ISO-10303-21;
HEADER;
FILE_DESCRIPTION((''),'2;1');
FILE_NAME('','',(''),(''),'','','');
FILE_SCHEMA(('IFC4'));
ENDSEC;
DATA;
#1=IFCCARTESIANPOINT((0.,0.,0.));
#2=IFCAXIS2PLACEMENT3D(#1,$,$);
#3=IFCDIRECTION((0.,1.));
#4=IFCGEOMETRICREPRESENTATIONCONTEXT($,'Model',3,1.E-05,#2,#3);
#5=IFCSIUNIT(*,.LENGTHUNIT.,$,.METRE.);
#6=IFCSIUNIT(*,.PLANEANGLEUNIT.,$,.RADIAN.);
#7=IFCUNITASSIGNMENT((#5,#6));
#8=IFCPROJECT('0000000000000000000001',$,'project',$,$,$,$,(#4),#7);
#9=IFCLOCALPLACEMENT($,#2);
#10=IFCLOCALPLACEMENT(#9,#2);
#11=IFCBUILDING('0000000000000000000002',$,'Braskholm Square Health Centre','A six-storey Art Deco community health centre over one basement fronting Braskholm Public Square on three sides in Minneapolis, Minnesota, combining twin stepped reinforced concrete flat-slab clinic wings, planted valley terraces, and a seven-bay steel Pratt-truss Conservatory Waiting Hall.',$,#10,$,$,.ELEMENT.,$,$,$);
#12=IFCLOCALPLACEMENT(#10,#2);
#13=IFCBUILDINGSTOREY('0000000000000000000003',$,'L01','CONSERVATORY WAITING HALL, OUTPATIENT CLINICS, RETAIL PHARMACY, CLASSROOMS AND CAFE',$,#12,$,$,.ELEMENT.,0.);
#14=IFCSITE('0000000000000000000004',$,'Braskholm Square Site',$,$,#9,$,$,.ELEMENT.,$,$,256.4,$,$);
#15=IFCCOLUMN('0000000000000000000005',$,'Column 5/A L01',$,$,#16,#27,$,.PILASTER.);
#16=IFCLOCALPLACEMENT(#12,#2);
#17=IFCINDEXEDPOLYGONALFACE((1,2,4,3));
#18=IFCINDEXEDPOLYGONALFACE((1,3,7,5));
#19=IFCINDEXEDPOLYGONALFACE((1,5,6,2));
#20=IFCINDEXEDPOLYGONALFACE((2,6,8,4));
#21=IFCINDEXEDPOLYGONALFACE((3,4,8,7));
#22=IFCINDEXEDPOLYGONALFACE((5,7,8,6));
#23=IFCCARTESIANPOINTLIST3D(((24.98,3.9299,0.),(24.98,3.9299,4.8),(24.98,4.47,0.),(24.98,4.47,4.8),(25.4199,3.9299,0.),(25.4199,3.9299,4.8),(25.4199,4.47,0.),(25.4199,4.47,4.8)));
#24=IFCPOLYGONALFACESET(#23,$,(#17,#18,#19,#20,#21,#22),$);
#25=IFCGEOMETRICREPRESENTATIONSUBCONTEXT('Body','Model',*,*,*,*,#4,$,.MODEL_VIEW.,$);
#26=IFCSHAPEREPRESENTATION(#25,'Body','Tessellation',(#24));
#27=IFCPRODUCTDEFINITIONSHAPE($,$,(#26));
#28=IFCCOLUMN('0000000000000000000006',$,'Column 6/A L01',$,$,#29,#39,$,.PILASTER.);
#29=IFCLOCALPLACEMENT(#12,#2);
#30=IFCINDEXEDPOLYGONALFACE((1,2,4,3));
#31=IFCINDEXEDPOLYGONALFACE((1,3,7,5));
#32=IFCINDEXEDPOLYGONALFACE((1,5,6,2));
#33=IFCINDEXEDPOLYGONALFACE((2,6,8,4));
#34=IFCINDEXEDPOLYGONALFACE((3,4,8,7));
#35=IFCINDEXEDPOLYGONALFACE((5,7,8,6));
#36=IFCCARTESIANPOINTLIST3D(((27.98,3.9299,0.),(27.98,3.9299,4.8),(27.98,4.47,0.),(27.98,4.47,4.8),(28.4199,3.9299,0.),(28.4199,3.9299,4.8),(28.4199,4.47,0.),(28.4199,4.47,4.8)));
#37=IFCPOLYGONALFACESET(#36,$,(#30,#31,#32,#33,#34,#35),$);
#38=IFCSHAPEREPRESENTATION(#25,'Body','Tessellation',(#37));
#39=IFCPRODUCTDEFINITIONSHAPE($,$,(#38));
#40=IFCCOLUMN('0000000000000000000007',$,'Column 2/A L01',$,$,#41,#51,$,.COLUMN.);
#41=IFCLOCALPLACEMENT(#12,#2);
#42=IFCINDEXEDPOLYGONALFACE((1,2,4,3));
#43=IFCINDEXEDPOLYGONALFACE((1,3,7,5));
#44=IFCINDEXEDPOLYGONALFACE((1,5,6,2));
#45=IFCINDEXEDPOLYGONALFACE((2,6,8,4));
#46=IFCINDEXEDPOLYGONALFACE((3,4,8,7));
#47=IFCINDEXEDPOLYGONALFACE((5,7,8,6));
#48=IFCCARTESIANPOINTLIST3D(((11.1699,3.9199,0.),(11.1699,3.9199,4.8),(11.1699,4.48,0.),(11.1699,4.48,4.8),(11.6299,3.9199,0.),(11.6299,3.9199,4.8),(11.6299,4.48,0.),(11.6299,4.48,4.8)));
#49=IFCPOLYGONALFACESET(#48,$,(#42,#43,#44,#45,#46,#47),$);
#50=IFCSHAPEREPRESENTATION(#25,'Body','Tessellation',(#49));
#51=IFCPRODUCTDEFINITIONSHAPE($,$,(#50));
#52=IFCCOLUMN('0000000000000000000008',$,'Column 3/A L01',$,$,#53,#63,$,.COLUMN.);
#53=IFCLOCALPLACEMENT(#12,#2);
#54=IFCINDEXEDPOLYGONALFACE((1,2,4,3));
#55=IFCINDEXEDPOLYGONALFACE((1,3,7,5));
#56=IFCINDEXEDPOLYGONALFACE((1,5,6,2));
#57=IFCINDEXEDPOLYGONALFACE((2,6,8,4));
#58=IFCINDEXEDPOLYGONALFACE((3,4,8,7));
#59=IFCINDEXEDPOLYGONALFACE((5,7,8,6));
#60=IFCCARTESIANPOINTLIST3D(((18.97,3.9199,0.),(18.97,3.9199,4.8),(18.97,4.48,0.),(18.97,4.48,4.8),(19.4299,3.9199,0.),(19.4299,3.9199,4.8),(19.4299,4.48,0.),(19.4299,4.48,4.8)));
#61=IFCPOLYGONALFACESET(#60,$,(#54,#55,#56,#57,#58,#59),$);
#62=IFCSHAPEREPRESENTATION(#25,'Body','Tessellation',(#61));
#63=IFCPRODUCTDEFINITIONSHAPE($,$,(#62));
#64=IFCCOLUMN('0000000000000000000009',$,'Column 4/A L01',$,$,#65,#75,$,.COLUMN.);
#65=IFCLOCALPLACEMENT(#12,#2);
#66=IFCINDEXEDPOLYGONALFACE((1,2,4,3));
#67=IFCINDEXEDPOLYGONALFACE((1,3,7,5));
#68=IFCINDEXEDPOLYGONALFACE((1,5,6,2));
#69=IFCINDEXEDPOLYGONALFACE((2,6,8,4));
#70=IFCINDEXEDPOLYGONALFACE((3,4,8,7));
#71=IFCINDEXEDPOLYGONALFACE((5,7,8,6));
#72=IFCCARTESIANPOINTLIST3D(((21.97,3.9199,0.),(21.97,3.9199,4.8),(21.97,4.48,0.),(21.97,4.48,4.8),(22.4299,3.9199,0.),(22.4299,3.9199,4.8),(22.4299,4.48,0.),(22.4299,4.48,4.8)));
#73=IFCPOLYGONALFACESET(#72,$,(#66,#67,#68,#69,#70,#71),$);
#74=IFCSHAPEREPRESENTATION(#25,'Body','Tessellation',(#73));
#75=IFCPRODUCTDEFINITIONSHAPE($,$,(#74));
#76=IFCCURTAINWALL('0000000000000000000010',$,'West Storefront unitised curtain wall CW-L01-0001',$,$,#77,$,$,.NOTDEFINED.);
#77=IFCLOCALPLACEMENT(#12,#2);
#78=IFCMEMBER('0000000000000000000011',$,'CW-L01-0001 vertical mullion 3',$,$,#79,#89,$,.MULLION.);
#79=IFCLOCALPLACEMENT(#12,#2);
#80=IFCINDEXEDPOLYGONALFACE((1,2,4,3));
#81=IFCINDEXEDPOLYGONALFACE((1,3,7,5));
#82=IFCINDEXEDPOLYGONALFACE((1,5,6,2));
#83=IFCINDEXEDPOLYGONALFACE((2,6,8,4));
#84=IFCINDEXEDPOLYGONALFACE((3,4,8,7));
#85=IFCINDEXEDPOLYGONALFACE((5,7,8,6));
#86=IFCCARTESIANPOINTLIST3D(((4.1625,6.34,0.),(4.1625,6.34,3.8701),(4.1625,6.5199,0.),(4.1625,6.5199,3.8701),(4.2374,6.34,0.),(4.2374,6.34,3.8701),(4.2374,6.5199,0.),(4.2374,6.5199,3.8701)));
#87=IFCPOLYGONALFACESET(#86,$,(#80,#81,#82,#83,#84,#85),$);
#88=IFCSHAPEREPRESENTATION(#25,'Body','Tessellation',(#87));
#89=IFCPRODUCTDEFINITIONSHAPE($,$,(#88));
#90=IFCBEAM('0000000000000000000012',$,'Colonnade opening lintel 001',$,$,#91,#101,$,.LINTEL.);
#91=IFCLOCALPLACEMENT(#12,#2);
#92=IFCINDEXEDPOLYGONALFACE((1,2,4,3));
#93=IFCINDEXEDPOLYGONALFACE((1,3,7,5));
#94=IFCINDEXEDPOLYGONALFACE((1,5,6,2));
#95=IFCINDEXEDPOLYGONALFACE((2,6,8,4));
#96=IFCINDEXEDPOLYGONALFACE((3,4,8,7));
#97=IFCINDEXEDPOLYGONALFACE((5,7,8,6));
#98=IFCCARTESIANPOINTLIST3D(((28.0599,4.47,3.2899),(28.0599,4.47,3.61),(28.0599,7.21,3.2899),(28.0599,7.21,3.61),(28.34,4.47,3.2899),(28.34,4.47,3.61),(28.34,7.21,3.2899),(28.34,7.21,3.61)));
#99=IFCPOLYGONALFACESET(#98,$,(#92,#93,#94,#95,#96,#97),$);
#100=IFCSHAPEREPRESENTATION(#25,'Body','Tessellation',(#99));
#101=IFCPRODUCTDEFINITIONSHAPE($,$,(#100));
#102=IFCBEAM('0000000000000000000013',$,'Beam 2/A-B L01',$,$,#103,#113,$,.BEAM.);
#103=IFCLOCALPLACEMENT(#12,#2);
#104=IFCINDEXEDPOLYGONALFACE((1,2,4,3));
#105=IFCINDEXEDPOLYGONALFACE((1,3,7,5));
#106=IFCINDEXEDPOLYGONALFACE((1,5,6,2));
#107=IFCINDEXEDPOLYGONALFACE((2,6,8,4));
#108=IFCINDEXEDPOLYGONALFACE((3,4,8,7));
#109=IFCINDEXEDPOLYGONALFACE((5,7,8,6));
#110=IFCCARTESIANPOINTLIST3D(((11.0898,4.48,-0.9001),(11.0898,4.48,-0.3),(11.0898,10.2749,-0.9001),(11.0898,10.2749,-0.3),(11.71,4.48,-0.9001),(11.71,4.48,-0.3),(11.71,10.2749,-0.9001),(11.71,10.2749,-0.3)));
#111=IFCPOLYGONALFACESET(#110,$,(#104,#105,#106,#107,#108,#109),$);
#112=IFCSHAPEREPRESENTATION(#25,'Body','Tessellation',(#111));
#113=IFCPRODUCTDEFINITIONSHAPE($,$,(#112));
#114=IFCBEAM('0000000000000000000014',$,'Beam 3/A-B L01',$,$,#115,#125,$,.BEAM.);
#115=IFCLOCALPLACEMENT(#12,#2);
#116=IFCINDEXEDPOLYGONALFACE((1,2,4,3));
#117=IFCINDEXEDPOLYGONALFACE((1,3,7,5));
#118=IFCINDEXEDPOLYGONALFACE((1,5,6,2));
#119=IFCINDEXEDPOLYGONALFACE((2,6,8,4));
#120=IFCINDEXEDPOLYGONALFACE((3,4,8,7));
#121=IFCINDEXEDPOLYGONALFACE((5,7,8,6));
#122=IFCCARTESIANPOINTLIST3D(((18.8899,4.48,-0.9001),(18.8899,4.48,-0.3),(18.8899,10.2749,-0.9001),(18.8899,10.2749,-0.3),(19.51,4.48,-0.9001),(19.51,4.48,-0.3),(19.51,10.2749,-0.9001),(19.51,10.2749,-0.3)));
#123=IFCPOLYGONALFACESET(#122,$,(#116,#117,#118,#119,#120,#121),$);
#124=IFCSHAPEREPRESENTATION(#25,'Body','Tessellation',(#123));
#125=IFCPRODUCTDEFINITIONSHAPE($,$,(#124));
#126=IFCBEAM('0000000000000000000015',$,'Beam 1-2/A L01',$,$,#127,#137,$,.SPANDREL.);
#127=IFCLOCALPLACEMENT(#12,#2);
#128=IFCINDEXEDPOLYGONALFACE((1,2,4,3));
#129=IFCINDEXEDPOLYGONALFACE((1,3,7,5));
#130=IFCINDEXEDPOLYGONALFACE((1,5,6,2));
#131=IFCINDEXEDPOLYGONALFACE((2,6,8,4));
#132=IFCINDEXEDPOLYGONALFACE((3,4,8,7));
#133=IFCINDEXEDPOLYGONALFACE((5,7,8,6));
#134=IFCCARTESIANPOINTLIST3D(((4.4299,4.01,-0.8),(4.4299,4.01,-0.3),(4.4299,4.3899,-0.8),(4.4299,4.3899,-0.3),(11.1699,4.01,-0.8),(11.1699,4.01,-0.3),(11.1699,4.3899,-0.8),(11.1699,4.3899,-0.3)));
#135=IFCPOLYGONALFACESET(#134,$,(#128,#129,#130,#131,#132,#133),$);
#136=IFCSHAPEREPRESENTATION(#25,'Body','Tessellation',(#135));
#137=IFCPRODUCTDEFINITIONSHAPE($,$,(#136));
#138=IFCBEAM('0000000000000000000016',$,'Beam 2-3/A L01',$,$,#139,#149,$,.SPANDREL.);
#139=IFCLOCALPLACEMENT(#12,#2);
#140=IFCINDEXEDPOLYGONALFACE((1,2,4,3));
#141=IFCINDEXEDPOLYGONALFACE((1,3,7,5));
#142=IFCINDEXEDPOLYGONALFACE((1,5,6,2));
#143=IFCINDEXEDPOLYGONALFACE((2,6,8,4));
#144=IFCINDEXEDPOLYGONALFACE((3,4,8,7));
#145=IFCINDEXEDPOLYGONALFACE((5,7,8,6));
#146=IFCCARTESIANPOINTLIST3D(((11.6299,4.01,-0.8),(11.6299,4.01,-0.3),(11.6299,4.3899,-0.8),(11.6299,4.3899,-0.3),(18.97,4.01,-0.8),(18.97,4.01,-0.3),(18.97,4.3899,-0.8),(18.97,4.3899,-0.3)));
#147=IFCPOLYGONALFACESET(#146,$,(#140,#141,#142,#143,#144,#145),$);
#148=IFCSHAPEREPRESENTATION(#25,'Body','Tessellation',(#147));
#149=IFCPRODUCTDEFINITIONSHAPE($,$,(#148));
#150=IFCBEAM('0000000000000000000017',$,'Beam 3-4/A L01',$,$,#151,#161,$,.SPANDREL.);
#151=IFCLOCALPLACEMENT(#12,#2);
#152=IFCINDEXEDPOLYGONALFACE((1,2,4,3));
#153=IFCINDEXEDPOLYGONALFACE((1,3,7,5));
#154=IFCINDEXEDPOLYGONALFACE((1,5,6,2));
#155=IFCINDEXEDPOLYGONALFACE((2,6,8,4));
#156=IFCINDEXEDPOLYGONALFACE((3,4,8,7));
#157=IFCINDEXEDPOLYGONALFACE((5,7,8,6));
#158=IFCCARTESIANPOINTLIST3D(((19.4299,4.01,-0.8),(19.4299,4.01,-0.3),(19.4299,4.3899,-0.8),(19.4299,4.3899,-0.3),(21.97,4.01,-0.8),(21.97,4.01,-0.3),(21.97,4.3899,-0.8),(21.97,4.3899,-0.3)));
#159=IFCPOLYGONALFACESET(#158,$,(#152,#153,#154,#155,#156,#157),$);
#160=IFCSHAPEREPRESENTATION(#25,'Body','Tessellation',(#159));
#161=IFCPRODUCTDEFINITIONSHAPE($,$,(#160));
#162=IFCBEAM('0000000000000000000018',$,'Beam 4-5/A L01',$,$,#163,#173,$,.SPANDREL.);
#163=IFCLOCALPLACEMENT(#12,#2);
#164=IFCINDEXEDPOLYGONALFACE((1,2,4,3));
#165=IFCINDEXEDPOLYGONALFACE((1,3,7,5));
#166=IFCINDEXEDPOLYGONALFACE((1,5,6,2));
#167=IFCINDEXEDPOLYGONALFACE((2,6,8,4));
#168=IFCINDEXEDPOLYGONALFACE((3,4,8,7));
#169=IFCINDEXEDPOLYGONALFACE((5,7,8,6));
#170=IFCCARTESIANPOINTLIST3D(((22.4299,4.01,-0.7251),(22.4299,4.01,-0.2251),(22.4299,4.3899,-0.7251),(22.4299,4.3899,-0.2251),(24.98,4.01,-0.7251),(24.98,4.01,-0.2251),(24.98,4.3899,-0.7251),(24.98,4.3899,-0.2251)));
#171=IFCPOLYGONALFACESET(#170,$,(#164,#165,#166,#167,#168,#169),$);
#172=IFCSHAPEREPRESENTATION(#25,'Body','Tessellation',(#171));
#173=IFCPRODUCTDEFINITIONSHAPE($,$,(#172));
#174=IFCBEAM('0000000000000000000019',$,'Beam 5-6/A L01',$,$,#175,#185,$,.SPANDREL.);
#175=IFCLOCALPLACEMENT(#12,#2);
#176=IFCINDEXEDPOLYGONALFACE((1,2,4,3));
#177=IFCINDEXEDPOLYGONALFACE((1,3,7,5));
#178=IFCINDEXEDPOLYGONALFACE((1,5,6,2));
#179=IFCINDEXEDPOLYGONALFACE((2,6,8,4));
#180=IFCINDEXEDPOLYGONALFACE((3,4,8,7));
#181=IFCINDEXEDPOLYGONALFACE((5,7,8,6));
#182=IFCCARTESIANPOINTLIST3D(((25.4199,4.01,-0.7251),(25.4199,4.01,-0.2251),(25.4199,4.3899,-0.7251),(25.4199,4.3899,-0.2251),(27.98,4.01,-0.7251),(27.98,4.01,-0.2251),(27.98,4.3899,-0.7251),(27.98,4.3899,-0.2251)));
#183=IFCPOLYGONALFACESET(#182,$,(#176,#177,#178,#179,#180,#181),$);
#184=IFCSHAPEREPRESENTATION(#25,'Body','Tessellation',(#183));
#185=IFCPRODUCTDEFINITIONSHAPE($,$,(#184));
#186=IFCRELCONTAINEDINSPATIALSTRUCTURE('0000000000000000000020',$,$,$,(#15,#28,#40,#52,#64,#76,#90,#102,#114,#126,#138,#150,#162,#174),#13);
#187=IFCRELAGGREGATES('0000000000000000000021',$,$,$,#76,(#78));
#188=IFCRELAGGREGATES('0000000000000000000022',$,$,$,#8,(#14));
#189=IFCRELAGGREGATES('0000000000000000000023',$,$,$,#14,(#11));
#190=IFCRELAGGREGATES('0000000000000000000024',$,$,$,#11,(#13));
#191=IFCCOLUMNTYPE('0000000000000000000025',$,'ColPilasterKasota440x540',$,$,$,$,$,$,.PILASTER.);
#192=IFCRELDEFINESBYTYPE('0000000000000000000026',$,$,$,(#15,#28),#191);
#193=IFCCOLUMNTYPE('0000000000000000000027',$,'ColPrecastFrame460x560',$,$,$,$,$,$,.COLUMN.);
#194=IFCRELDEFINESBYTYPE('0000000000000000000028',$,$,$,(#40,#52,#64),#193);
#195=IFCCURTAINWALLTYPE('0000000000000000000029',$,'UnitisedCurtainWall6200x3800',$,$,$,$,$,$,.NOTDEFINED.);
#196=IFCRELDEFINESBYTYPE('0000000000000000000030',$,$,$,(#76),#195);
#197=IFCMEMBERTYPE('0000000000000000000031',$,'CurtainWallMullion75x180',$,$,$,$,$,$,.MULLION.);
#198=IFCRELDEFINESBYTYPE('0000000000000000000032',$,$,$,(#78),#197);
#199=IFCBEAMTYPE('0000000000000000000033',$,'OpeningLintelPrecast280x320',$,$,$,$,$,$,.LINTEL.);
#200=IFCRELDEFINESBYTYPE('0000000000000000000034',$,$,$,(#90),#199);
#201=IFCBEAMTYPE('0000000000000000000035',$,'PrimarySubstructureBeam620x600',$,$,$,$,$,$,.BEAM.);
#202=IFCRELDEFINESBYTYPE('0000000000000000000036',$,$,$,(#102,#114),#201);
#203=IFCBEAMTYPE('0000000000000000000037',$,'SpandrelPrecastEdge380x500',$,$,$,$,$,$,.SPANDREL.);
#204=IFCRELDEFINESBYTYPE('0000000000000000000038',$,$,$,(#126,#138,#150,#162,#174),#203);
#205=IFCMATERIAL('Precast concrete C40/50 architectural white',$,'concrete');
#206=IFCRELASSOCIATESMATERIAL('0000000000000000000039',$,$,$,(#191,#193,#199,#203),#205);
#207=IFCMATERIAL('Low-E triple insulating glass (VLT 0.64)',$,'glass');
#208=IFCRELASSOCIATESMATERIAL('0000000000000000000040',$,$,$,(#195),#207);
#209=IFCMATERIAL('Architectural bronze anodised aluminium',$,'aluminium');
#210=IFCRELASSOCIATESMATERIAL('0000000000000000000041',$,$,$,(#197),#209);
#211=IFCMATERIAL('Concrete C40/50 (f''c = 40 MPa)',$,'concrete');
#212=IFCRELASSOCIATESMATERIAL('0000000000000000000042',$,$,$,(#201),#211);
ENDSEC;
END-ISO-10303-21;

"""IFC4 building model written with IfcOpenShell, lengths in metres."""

from ifc_helpers import new_model, si_unit, direction, frame, origin, origin_2d, place, context, subcontext, project, spatial, rectangle, extrude, material, material_profile, profile_set, type_object, element, aggregate, save


model = new_model("IFC4")

# Units and contexts
model_context = context("Model", 3, precision=1e-05, world=origin(), true_north=direction((0.0, 1.0)))
body_context = subcontext(model_context, "Body", "Model", "MODEL_VIEW")
ifc_project = project(units=[si_unit("LENGTHUNIT", "METRE"), si_unit("PLANEANGLEUNIT", "RADIAN")], contexts=[model_context])

# Site, building, storey
site_placement = place(None, origin())
site = spatial("IfcSite", under=ifc_project, at=site_placement, Name="Braskholm Square Site", CompositionType="ELEMENT", RefElevation=256.4)
building_placement = place(site_placement, origin())
building = spatial("IfcBuilding", under=site, at=building_placement, Name="Braskholm Square Health Centre", Description="A six-storey Art Deco community health centre over one basement fronting Braskholm Public Square on three sides in Minneapolis, Minnesota, combining twin stepped reinforced concrete flat-slab clinic wings, planted valley terraces, and a seven-bay steel Pratt-truss Conservatory Waiting Hall.", CompositionType="ELEMENT")
storey_placement = place(building_placement, origin())
storey = spatial("IfcBuildingStorey", under=building, at=storey_placement, Name="L01", Description="CONSERVATORY WAITING HALL, OUTPATIENT CLINICS, RETAIL PHARMACY, CLASSROOMS AND CAFE", CompositionType="ELEMENT", Elevation=0.0)

# Columns
ifc_material_1 = material(Name="Precast concrete C40/50 architectural white", Category="concrete")
ifc_material_profile_1 = material_profile(ifc_material_1, rectangle(XDim=0.4399, YDim=0.54, at=origin_2d()), Name="RC-440X540")
ifc_profile_set_1 = profile_set([ifc_material_profile_1], Name="Precast concrete C40/50 architectural white")
column_type_1 = type_object("IfcColumnType", Name="ColPilasterKasota440x540", PredefinedType="PILASTER", material=ifc_profile_set_1)
for number, where, z_axis, x_axis, name in (
    (1, (25.2, 4.2, 0.0), (0.0, 0.0, 1.0), (1.0, 0.0, 0.0), "Column 5/A L01"),
    (2, (28.2, 4.2, 0.0), (0.0, 0.0, 1.0), (1.0, 0.0, 0.0), "Column 6/A L01"),
):
    element("IfcColumn", number, at=place(storey_placement, frame(where, z_axis=z_axis, x_axis=x_axis)), inside=storey, type_object=column_type_1, Name=name, PredefinedType="PILASTER", context=body_context, shape_type="SweptSolid", body=[
        extrude(rectangle(XDim=0.4399, YDim=0.54, at=origin_2d()), origin(), (0.0, 0.0, 1.0), 4.8),
    ])
ifc_material_profile_2 = material_profile(ifc_material_1, rectangle(XDim=0.46, YDim=0.5601, at=origin_2d()), Name="RC-460X560")
ifc_profile_set_2 = profile_set([ifc_material_profile_2], Name="Precast concrete C40/50 architectural white")
column_type_2 = type_object("IfcColumnType", Name="ColPrecastFrame460x560", PredefinedType="COLUMN", material=ifc_profile_set_2)
for number, where, z_axis, x_axis, name in (
    (3, (11.3999, 4.2, 0.0), (0.0, 0.0, 1.0), (1.0, 0.0, 0.0), "Column 2/A L01"),
    (4, (19.2, 4.2, 0.0), (0.0, 0.0, 1.0), (1.0, 0.0, 0.0), "Column 3/A L01"),
    (5, (22.2, 4.2, 0.0), (0.0, 0.0, 1.0), (1.0, 0.0, 0.0), "Column 4/A L01"),
):
    element("IfcColumn", number, at=place(storey_placement, frame(where, z_axis=z_axis, x_axis=x_axis)), inside=storey, type_object=column_type_2, Name=name, PredefinedType="COLUMN", context=body_context, shape_type="SweptSolid", body=[
        extrude(rectangle(XDim=0.46, YDim=0.5601, at=origin_2d()), origin(), (0.0, 0.0, 1.0), 4.8),
    ])

# Curtain wall, member
ifc_material_2 = material(Name="Low-E triple insulating glass (VLT 0.64)", Category="glass")
curtain_wall_type = type_object("IfcCurtainWallType", Name="UnitisedCurtainWall6200x3800", PredefinedType="NOTDEFINED", material=ifc_material_2)
curtain_wall_placement = place(storey_placement, origin())
curtain_wall = element("IfcCurtainWall", 6, at=curtain_wall_placement, inside=storey, type_object=curtain_wall_type, Name="West Storefront unitised curtain wall CW-L01-0001", PredefinedType="NOTDEFINED")
ifc_material_3 = material(Name="Architectural bronze anodised aluminium", Category="aluminium")
ifc_material_profile_3 = material_profile(ifc_material_3, rectangle(XDim=0.075, YDim=0.1799, at=origin_2d()), Name="ALU-75X180")
ifc_profile_set_3 = profile_set([ifc_material_profile_3], Name="Architectural bronze anodised aluminium")
member_type = type_object("IfcMemberType", Name="CurtainWallMullion75x180", PredefinedType="MULLION", material=ifc_profile_set_3)
member_placement = place(storey_placement, frame((4.2, 6.4299, 0.0), z_axis=(0.0, 0.0, 1.0), x_axis=(1.0, 0.0, 0.0)))
member = element("IfcMember", 7, at=member_placement, type_object=member_type, Name="CW-L01-0001 vertical mullion 3", PredefinedType="MULLION", context=body_context, shape_type="SweptSolid", body=[
    extrude(rectangle(XDim=0.075, YDim=0.1799, at=origin_2d()), origin(), (0.0, 0.0, 1.0), 3.8701),
])
aggregate(curtain_wall, [member])

# Beams
ifc_material_profile_4 = material_profile(ifc_material_1, rectangle(XDim=0.28, YDim=0.3201, at=origin_2d()), Name="RCB-280X320")
ifc_profile_set_4 = profile_set([ifc_material_profile_4], Name="Precast concrete C40/50 architectural white")
beam_type_1 = type_object("IfcBeamType", Name="OpeningLintelPrecast280x320", PredefinedType="LINTEL", material=ifc_profile_set_4)
beam_1_placement = place(storey_placement, frame((28.2, 4.47, 3.45), z_axis=(0.0, 1.0, 0.0), x_axis=(-1.0, 0.0, 0.0)))
element("IfcBeam", 8, at=beam_1_placement, inside=storey, type_object=beam_type_1, Name="Colonnade opening lintel 001", PredefinedType="LINTEL", context=body_context, shape_type="SweptSolid", body=[
    extrude(rectangle(XDim=0.28, YDim=0.3201, at=origin_2d()), origin(), (0.0, 0.0, 1.0), 2.74),
])
ifc_material_4 = material(Name="Concrete C40/50 (f'c = 40 MPa)", Category="concrete")
ifc_material_profile_5 = material_profile(ifc_material_4, rectangle(XDim=0.6201, YDim=0.6001, at=origin_2d()), Name="RCB-620X600")
ifc_profile_set_5 = profile_set([ifc_material_profile_5], Name="Concrete C40/50 (f'c = 40 MPa)")
beam_type_2 = type_object("IfcBeamType", Name="PrimarySubstructureBeam620x600", PredefinedType="BEAM", material=ifc_profile_set_5)
for number, where, z_axis, x_axis, name in (
    (9, (11.3999, 4.48, -0.6001), (0.0, 1.0, 0.0), (-1.0, 0.0, 0.0), "Beam 2/A-B L01"),
    (10, (19.2, 4.48, -0.6001), (0.0, 1.0, 0.0), (-1.0, 0.0, 0.0), "Beam 3/A-B L01"),
):
    element("IfcBeam", number, at=place(storey_placement, frame(where, z_axis=z_axis, x_axis=x_axis)), inside=storey, type_object=beam_type_2, Name=name, PredefinedType="BEAM", context=body_context, shape_type="SweptSolid", body=[
        extrude(rectangle(XDim=0.6201, YDim=0.6001, at=origin_2d()), origin(), (0.0, 0.0, 1.0), 5.7949),
    ])
ifc_material_profile_6 = material_profile(ifc_material_1, rectangle(XDim=0.3799, YDim=0.5, at=origin_2d()), Name="RCB-380X500")
ifc_profile_set_6 = profile_set([ifc_material_profile_6], Name="Precast concrete C40/50 architectural white")
beam_type_3 = type_object("IfcBeamType", Name="SpandrelPrecastEdge380x500", PredefinedType="SPANDREL", material=ifc_profile_set_6)
beam_2_placement = place(storey_placement, frame((4.4299, 4.2, -0.55), z_axis=(1.0, 0.0, 0.0), x_axis=(0.0, 1.0, 0.0)))
element("IfcBeam", 11, at=beam_2_placement, inside=storey, type_object=beam_type_3, Name="Beam 1-2/A L01", PredefinedType="SPANDREL", context=body_context, shape_type="SweptSolid", body=[
    extrude(rectangle(XDim=0.3799, YDim=0.5, at=origin_2d()), origin(), (0.0, 0.0, 1.0), 6.74),
])
beam_3_placement = place(storey_placement, frame((11.6299, 4.2, -0.55), z_axis=(1.0, 0.0, 0.0), x_axis=(0.0, 1.0, 0.0)))
element("IfcBeam", 12, at=beam_3_placement, inside=storey, type_object=beam_type_3, Name="Beam 2-3/A L01", PredefinedType="SPANDREL", context=body_context, shape_type="SweptSolid", body=[
    extrude(rectangle(XDim=0.3799, YDim=0.5, at=origin_2d()), origin(), (0.0, 0.0, 1.0), 7.3401),
])
beam_4_placement = place(storey_placement, frame((19.4299, 4.2, -0.55), z_axis=(1.0, 0.0, 0.0), x_axis=(0.0, 1.0, 0.0)))
element("IfcBeam", 13, at=beam_4_placement, inside=storey, type_object=beam_type_3, Name="Beam 3-4/A L01", PredefinedType="SPANDREL", context=body_context, shape_type="SweptSolid", body=[
    extrude(rectangle(XDim=0.3799, YDim=0.5, at=origin_2d()), origin(), (0.0, 0.0, 1.0), 2.54),
])
beam_5_placement = place(storey_placement, frame((22.4299, 4.2, -0.4751), z_axis=(1.0, 0.0, 0.0), x_axis=(0.0, 1.0, 0.0)))
element("IfcBeam", 14, at=beam_5_placement, inside=storey, type_object=beam_type_3, Name="Beam 4-5/A L01", PredefinedType="SPANDREL", context=body_context, shape_type="SweptSolid", body=[
    extrude(rectangle(XDim=0.3799, YDim=0.5, at=origin_2d()), origin(), (0.0, 0.0, 1.0), 2.55),
])
beam_6_placement = place(storey_placement, frame((25.4199, 4.2, -0.4751), z_axis=(1.0, 0.0, 0.0), x_axis=(0.0, 1.0, 0.0)))
element("IfcBeam", 15, at=beam_6_placement, inside=storey, type_object=beam_type_3, Name="Beam 5-6/A L01", PredefinedType="SPANDREL", context=body_context, shape_type="SweptSolid", body=[
    extrude(rectangle(XDim=0.3799, YDim=0.5, at=origin_2d()), origin(), (0.0, 0.0, 1.0), 2.5601),
])

save(model, "model.ifc")
